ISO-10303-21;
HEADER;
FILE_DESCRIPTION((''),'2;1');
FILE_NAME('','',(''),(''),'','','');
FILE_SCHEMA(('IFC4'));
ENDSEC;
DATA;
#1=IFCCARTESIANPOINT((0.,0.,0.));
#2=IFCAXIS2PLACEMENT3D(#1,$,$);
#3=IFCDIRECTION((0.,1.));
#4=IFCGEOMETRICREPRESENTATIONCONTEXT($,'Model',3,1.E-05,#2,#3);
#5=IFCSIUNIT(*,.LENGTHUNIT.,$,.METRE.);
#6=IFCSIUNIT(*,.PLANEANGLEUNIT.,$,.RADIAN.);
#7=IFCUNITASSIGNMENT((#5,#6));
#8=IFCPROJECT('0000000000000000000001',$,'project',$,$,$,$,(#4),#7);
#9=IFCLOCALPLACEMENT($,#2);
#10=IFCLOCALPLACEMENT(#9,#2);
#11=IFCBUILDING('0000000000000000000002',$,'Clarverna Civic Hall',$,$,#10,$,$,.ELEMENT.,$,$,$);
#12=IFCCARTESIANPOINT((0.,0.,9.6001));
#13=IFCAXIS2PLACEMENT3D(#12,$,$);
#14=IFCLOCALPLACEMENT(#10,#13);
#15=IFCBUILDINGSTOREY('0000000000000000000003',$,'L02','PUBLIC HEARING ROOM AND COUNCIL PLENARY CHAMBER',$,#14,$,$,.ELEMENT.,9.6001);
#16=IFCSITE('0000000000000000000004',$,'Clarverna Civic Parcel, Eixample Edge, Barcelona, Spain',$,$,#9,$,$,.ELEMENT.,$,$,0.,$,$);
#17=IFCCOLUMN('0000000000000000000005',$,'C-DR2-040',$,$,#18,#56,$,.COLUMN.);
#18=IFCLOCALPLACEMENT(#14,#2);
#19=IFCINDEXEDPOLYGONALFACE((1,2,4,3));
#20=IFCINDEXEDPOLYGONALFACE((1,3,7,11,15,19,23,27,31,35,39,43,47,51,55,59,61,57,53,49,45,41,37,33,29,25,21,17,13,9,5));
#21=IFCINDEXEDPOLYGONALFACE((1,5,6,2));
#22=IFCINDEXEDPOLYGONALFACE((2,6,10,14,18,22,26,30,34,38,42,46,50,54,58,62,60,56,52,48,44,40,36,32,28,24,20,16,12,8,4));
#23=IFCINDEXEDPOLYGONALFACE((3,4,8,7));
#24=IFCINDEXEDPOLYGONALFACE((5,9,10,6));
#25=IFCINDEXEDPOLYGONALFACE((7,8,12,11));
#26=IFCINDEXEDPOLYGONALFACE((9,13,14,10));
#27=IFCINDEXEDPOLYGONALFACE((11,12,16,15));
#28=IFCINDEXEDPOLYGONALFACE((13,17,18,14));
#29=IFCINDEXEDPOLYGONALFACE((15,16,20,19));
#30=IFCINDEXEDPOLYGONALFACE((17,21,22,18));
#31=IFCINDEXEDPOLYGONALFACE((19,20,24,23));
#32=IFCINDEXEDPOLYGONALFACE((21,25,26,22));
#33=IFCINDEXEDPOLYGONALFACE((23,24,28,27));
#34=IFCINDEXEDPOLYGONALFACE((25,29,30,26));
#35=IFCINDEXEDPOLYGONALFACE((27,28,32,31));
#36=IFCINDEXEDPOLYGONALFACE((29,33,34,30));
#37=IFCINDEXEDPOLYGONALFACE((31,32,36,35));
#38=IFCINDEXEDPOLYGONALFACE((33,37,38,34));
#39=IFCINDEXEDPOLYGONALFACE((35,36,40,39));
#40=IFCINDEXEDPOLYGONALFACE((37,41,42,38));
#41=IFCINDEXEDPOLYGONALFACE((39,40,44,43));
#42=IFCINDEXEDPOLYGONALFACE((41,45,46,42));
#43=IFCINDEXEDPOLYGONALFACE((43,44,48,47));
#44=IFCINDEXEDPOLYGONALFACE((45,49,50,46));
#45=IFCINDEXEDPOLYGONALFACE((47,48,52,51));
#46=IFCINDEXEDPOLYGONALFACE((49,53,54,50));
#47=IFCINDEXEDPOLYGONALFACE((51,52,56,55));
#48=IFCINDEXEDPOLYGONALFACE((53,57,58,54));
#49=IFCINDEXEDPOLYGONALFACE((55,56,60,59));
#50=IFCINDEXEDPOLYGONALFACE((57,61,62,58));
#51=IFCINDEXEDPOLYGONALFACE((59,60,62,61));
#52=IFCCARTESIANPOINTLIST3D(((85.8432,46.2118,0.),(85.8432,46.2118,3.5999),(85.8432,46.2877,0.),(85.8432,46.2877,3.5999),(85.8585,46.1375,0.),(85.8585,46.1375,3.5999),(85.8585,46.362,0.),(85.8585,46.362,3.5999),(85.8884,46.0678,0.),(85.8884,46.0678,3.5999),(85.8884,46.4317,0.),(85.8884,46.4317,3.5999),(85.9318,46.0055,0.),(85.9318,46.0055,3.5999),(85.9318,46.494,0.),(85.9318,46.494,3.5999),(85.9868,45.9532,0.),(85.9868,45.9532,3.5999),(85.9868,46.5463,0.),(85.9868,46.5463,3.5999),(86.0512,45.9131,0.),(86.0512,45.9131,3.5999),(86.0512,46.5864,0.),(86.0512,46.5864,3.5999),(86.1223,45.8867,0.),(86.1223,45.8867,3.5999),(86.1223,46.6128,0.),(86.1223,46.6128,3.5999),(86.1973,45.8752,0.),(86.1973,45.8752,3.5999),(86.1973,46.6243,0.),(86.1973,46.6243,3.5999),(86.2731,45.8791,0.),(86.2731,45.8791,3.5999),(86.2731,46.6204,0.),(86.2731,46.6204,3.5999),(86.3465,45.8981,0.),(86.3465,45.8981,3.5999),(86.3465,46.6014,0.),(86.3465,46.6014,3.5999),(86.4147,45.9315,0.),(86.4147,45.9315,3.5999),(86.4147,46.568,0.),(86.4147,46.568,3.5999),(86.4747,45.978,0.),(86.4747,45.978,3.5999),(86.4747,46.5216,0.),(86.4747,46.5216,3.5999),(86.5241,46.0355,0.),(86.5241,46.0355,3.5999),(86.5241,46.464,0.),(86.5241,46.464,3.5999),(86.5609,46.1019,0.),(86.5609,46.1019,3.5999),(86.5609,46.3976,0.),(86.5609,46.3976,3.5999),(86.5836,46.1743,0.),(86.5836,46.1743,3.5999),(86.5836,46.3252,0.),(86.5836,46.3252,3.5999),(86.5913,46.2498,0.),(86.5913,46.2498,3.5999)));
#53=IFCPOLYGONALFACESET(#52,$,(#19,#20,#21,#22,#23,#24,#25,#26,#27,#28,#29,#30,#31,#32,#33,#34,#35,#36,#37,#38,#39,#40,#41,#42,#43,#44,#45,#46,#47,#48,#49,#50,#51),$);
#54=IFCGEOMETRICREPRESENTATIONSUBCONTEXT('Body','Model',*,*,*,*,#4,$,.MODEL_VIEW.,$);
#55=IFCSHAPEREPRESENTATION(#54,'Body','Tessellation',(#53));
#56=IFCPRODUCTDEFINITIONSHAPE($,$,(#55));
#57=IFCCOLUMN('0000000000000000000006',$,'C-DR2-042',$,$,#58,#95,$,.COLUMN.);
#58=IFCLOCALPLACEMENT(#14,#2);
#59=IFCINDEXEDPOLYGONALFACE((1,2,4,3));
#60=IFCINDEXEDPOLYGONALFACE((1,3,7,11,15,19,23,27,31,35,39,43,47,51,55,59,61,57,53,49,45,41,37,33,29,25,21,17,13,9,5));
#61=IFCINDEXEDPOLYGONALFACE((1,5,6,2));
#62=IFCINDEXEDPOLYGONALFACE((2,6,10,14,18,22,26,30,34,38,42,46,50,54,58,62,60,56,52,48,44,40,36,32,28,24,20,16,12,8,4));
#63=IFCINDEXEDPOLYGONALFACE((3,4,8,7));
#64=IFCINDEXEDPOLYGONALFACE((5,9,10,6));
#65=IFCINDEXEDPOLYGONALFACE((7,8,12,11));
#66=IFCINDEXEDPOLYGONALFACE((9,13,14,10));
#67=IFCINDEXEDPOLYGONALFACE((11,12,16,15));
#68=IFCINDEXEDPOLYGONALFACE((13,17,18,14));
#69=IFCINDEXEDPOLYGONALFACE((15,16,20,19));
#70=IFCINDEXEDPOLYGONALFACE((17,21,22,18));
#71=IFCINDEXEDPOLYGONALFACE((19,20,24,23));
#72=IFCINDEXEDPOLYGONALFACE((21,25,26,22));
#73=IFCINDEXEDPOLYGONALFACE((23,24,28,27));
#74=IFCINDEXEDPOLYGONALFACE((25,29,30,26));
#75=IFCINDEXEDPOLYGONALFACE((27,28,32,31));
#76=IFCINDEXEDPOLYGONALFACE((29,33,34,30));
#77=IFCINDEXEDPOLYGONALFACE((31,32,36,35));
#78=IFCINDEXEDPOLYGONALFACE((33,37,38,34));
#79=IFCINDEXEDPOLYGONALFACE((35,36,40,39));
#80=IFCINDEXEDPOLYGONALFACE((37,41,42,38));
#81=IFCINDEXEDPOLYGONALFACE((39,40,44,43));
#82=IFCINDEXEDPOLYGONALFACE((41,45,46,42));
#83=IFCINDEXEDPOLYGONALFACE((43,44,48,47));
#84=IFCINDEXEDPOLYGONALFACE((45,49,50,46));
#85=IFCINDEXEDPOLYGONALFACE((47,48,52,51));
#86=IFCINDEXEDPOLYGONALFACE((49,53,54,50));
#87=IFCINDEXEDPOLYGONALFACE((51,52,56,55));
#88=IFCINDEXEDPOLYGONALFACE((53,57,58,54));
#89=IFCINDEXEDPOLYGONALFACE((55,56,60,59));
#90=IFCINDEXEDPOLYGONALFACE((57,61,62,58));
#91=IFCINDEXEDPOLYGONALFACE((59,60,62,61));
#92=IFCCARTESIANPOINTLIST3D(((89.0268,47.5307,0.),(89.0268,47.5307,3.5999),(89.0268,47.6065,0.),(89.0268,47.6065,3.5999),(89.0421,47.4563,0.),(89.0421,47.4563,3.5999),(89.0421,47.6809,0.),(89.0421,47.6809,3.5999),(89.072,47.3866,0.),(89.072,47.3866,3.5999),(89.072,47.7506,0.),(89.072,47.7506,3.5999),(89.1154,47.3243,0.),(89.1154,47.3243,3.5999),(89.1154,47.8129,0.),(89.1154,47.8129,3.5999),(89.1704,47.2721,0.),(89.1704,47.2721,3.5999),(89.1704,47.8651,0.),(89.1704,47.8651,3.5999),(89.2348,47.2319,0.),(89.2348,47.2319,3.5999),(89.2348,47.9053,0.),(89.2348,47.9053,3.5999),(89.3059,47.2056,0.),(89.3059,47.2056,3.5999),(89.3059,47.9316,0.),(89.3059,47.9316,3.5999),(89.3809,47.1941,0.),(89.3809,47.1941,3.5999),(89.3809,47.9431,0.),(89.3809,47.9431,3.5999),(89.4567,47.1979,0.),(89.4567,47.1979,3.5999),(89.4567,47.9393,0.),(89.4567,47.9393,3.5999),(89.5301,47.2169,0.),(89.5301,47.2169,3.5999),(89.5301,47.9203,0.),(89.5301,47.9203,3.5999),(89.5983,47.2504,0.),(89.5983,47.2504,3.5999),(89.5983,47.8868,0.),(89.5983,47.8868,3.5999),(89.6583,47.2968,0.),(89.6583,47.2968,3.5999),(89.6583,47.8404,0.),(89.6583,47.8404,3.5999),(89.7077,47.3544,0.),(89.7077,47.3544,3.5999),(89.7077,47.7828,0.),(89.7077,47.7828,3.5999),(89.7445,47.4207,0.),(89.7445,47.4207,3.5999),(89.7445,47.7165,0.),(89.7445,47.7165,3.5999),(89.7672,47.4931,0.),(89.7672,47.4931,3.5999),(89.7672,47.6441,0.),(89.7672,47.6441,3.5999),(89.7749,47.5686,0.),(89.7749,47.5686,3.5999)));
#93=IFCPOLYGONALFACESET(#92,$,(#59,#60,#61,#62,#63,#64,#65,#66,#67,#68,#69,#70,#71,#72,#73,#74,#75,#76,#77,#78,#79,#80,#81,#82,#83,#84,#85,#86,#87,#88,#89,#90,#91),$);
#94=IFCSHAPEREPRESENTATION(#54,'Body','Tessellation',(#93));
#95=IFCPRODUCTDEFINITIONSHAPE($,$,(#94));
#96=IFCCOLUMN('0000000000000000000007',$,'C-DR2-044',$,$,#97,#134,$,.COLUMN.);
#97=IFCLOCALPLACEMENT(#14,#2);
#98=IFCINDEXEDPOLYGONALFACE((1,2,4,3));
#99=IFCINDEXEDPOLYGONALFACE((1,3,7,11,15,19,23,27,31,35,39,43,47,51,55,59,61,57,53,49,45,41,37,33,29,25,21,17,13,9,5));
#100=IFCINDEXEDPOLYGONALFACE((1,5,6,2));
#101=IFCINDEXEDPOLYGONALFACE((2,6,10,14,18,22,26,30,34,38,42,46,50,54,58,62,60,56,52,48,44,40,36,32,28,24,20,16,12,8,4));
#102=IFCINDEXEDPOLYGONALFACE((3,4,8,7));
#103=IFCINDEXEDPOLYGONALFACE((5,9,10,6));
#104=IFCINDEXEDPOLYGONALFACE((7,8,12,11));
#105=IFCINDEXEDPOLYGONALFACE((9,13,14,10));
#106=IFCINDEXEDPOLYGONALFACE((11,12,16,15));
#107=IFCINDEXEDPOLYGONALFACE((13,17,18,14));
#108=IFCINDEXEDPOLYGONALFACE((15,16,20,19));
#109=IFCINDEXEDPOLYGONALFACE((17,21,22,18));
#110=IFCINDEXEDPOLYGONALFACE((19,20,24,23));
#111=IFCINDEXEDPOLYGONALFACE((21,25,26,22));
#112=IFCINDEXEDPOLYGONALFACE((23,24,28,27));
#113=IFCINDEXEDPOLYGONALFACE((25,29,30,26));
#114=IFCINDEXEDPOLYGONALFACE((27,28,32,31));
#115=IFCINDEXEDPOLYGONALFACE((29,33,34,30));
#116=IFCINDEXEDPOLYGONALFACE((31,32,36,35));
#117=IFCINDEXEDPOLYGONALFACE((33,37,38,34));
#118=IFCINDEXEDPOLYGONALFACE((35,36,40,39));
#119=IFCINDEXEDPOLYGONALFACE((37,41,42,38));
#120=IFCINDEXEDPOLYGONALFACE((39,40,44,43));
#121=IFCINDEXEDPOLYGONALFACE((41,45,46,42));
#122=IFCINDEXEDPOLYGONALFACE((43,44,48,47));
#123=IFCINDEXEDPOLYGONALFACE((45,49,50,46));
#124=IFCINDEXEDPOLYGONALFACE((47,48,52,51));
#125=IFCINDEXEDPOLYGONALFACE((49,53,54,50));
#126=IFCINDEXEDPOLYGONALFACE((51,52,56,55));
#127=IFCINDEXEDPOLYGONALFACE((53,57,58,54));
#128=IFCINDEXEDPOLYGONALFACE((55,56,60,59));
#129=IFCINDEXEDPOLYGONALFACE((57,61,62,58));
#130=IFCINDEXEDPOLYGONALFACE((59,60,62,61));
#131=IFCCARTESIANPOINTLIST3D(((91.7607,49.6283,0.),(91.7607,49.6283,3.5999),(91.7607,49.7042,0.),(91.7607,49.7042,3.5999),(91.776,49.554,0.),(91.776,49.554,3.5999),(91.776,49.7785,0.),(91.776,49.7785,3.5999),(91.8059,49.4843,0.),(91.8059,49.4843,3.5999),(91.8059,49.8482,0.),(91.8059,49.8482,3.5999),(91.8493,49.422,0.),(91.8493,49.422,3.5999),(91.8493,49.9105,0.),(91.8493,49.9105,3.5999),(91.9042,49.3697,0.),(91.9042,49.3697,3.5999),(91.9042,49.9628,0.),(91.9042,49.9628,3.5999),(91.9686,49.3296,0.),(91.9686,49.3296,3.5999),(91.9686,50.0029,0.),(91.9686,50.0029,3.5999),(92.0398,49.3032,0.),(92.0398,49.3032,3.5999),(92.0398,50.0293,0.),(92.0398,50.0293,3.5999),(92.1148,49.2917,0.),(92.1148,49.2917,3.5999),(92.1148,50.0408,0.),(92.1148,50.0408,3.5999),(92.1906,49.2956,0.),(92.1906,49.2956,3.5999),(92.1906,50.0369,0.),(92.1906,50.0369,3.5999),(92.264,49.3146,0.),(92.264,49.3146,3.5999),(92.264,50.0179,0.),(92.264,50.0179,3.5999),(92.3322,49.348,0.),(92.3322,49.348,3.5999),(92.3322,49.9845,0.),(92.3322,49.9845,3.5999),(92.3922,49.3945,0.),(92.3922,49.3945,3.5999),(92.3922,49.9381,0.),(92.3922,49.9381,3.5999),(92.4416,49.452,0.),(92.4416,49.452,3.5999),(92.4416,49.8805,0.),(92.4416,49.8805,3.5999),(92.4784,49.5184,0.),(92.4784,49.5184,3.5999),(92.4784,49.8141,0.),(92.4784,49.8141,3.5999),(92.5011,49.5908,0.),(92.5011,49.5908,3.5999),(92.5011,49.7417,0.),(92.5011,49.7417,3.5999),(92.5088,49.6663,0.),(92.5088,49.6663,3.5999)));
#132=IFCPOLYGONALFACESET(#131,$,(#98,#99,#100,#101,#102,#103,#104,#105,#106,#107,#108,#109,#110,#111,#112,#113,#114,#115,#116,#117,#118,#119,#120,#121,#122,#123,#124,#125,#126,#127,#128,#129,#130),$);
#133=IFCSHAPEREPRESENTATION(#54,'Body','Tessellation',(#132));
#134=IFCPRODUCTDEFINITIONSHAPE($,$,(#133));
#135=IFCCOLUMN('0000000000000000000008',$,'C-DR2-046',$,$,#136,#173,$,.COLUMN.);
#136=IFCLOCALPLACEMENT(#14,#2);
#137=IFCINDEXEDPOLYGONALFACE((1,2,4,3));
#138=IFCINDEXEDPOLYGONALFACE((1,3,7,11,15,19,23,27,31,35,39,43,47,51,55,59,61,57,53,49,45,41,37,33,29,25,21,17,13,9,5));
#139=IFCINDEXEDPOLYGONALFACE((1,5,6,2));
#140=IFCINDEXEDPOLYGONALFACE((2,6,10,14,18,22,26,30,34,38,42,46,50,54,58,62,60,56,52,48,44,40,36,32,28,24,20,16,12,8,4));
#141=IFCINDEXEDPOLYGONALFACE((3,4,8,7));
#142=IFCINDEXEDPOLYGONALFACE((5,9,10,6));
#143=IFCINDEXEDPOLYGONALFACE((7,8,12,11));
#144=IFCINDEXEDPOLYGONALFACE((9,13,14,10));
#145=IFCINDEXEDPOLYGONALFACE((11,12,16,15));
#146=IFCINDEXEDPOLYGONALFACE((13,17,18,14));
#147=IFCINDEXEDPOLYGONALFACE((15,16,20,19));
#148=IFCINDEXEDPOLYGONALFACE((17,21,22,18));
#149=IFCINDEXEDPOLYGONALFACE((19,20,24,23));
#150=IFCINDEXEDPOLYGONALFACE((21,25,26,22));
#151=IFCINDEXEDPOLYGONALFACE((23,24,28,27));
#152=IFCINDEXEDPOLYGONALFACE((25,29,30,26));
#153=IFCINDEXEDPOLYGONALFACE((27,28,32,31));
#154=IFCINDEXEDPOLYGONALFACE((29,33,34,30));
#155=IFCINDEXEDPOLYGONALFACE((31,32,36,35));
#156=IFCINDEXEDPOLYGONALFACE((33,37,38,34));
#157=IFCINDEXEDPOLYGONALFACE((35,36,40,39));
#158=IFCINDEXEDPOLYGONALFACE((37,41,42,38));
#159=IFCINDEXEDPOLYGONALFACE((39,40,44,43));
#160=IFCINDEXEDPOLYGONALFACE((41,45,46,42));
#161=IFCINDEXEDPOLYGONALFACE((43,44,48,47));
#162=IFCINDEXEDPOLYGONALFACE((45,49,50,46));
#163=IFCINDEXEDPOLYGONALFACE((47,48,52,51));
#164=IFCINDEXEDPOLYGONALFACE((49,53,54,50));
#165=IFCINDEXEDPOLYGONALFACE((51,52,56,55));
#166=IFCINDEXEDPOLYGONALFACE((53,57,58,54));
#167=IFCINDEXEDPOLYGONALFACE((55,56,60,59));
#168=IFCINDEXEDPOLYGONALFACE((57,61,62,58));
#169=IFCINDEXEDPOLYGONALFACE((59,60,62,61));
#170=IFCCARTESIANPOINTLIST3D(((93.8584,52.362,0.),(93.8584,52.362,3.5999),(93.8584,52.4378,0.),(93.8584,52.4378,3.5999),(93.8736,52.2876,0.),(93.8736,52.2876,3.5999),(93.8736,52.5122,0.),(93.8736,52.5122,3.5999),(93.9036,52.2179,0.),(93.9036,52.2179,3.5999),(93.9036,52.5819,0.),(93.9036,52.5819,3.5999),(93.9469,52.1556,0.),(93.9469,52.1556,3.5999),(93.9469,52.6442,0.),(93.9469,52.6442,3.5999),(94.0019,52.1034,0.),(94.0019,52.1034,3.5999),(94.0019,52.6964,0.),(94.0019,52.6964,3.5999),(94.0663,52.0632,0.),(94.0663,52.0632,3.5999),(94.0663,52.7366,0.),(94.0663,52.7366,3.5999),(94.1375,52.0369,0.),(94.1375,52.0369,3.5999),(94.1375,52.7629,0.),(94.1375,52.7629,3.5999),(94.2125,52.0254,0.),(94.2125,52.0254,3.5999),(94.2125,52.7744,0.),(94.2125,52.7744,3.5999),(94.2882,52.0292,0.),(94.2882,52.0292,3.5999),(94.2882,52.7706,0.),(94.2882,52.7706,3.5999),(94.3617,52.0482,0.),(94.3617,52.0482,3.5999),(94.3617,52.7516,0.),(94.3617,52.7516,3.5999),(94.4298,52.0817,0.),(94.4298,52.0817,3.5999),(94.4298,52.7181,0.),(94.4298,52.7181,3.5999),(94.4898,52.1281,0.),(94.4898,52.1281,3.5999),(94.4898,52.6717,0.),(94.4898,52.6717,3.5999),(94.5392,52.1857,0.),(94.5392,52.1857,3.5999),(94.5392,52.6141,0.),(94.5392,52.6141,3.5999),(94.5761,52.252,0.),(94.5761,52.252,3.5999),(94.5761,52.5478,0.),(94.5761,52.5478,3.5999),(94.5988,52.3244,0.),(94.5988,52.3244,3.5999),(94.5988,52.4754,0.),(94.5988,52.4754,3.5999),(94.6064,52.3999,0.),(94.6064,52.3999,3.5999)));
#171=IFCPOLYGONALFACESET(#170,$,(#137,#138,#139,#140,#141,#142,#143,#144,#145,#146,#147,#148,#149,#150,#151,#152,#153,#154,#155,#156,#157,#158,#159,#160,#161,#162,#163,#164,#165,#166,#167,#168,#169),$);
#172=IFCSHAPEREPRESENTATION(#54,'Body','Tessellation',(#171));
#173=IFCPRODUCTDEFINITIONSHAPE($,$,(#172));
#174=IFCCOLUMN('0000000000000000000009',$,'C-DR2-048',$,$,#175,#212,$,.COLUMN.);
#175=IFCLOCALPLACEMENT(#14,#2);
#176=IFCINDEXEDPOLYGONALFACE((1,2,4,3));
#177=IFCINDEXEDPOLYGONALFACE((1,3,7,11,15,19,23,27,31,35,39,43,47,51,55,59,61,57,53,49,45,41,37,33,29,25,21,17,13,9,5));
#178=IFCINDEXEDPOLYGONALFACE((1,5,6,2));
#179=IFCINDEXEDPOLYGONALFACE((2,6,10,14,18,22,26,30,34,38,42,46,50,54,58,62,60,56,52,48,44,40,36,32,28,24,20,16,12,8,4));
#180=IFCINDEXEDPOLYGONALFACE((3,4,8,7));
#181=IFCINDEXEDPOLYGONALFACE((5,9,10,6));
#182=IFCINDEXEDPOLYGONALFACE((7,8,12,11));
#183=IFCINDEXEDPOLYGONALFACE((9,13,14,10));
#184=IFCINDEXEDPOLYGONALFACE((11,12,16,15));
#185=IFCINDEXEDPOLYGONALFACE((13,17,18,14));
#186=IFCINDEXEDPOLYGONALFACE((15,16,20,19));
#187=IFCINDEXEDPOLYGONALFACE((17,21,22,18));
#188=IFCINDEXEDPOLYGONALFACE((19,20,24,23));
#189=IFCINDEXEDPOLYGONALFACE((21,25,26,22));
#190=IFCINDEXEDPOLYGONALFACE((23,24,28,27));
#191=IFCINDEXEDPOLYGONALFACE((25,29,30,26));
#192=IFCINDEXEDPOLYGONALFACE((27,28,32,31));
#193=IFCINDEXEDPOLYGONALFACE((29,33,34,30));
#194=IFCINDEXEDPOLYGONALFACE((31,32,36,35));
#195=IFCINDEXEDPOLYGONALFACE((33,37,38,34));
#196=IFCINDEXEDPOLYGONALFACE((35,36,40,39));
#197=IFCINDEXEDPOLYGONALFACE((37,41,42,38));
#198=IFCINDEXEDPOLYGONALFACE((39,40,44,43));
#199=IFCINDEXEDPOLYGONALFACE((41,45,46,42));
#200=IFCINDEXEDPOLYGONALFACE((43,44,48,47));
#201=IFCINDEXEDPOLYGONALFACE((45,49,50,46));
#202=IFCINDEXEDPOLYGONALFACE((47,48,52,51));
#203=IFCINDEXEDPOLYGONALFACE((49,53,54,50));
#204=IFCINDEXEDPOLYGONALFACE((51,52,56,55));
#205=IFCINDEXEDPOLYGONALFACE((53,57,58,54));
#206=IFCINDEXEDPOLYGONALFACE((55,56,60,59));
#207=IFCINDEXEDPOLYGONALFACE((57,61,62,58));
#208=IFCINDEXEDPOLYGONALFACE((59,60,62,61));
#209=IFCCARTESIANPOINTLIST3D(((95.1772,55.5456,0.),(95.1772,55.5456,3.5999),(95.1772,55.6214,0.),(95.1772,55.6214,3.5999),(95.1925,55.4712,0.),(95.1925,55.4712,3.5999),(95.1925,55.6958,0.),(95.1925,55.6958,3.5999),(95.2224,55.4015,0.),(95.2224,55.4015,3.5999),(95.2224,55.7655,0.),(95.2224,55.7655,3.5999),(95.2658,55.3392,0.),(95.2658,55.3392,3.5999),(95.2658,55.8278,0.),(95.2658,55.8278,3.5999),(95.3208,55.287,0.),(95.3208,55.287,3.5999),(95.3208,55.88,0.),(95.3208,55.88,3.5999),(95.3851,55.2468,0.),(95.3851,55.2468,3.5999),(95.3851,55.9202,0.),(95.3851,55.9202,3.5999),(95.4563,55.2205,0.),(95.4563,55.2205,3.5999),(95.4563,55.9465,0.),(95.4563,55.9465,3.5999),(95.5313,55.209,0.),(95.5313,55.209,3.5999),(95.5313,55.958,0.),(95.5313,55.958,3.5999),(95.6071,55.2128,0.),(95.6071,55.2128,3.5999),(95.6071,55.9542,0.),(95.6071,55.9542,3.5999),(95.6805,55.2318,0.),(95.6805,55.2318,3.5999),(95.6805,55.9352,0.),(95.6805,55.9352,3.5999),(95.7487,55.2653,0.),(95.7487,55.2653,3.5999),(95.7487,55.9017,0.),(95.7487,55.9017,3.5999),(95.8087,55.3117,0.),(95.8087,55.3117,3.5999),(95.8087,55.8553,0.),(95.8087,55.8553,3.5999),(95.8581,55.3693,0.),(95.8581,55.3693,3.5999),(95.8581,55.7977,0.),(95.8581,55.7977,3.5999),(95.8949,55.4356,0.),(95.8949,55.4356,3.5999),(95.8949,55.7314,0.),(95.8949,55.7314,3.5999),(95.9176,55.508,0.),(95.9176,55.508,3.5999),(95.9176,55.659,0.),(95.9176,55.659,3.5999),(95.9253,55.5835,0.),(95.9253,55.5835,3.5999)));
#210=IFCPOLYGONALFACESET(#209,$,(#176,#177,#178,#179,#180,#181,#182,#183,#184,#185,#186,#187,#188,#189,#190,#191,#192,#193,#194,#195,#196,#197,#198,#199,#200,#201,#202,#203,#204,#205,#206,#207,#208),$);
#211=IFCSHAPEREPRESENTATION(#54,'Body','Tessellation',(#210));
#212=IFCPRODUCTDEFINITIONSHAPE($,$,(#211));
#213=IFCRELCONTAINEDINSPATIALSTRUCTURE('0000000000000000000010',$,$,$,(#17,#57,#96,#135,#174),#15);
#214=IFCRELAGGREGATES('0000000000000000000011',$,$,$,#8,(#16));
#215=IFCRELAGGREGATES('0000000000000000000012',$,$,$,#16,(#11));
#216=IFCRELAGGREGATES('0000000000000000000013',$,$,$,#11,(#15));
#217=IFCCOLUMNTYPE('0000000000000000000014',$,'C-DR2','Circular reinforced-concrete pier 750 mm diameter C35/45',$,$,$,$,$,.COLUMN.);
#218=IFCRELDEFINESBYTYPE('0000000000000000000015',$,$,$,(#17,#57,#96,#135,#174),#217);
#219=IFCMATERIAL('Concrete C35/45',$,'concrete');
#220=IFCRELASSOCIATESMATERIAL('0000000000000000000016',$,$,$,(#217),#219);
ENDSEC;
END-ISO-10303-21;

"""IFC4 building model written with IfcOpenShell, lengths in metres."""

from ifc_helpers import new_model, si_unit, direction, frame, origin, origin_2d, place, context, subcontext, project, spatial, circle, extrude, material, material_profile, profile_set, type_object, element, save


model = new_model("IFC4")

# Units and contexts
model_context = context("Model", 3, precision=1e-05, world=origin(), true_north=direction((0.0, 1.0)))
body_context = subcontext(model_context, "Body", "Model", "MODEL_VIEW")
ifc_project = project(units=[si_unit("LENGTHUNIT", "METRE"), si_unit("PLANEANGLEUNIT", "RADIAN")], contexts=[model_context])

# Site, building, storey
site_placement = place(None, origin())
site = spatial("IfcSite", under=ifc_project, at=site_placement, Name="Clarverna Civic Parcel, Eixample Edge, Barcelona, Spain", CompositionType="ELEMENT", RefElevation=0.0)
building_placement = place(site_placement, origin())
building = spatial("IfcBuilding", under=site, at=building_placement, Name="Clarverna Civic Hall", CompositionType="ELEMENT")
storey_placement = place(building_placement, frame((0.0, 0.0, 9.6001)))
storey = spatial("IfcBuildingStorey", under=building, at=storey_placement, Name="L02", Description="PUBLIC HEARING ROOM AND COUNCIL PLENARY CHAMBER", CompositionType="ELEMENT", Elevation=9.6001)

# Columns
ifc_material_1 = material(Name="Concrete C35/45", Category="concrete")
ifc_material_profile_1 = material_profile(ifc_material_1, circle(Radius=0.375, at=origin_2d()), Name="RC D750")
ifc_profile_set_1 = profile_set([ifc_material_profile_1], Name="Concrete C35/45")
column_type_1 = type_object("IfcColumnType", Name="C-DR2", Description="Circular reinforced-concrete pier 750 mm diameter C35/45", PredefinedType="COLUMN", material=ifc_profile_set_1)
for number, where, z_axis, x_axis, name in (
    (1, (86.2163, 46.2498, 0.0), (0.0, 0.0, 1.0), (1.0, 0.0, 0.0), "C-DR2-040"),
    (2, (89.3999, 47.5686, 0.0), (0.0, 0.0, 1.0), (1.0, 0.0, 0.0), "C-DR2-042"),
    (3, (92.1338, 49.6663, 0.0), (0.0, 0.0, 1.0), (1.0, 0.0, 0.0), "C-DR2-044"),
    (4, (94.2314, 52.3999, 0.0), (0.0, 0.0, 1.0), (1.0, 0.0, 0.0), "C-DR2-046"),
    (5, (95.5503, 55.5835, 0.0), (0.0, 0.0, 1.0), (1.0, 0.0, 0.0), "C-DR2-048"),
):
    element("IfcColumn", number, at=place(storey_placement, frame(where, z_axis=z_axis, x_axis=x_axis)), inside=storey, type_object=column_type_1, Name=name, PredefinedType="COLUMN", context=body_context, shape_type="SweptSolid", body=[
        extrude(circle(Radius=0.375, at=origin_2d()), origin(), (0.0, 0.0, 1.0), 3.5999),
    ])

save(model, "model.ifc")
